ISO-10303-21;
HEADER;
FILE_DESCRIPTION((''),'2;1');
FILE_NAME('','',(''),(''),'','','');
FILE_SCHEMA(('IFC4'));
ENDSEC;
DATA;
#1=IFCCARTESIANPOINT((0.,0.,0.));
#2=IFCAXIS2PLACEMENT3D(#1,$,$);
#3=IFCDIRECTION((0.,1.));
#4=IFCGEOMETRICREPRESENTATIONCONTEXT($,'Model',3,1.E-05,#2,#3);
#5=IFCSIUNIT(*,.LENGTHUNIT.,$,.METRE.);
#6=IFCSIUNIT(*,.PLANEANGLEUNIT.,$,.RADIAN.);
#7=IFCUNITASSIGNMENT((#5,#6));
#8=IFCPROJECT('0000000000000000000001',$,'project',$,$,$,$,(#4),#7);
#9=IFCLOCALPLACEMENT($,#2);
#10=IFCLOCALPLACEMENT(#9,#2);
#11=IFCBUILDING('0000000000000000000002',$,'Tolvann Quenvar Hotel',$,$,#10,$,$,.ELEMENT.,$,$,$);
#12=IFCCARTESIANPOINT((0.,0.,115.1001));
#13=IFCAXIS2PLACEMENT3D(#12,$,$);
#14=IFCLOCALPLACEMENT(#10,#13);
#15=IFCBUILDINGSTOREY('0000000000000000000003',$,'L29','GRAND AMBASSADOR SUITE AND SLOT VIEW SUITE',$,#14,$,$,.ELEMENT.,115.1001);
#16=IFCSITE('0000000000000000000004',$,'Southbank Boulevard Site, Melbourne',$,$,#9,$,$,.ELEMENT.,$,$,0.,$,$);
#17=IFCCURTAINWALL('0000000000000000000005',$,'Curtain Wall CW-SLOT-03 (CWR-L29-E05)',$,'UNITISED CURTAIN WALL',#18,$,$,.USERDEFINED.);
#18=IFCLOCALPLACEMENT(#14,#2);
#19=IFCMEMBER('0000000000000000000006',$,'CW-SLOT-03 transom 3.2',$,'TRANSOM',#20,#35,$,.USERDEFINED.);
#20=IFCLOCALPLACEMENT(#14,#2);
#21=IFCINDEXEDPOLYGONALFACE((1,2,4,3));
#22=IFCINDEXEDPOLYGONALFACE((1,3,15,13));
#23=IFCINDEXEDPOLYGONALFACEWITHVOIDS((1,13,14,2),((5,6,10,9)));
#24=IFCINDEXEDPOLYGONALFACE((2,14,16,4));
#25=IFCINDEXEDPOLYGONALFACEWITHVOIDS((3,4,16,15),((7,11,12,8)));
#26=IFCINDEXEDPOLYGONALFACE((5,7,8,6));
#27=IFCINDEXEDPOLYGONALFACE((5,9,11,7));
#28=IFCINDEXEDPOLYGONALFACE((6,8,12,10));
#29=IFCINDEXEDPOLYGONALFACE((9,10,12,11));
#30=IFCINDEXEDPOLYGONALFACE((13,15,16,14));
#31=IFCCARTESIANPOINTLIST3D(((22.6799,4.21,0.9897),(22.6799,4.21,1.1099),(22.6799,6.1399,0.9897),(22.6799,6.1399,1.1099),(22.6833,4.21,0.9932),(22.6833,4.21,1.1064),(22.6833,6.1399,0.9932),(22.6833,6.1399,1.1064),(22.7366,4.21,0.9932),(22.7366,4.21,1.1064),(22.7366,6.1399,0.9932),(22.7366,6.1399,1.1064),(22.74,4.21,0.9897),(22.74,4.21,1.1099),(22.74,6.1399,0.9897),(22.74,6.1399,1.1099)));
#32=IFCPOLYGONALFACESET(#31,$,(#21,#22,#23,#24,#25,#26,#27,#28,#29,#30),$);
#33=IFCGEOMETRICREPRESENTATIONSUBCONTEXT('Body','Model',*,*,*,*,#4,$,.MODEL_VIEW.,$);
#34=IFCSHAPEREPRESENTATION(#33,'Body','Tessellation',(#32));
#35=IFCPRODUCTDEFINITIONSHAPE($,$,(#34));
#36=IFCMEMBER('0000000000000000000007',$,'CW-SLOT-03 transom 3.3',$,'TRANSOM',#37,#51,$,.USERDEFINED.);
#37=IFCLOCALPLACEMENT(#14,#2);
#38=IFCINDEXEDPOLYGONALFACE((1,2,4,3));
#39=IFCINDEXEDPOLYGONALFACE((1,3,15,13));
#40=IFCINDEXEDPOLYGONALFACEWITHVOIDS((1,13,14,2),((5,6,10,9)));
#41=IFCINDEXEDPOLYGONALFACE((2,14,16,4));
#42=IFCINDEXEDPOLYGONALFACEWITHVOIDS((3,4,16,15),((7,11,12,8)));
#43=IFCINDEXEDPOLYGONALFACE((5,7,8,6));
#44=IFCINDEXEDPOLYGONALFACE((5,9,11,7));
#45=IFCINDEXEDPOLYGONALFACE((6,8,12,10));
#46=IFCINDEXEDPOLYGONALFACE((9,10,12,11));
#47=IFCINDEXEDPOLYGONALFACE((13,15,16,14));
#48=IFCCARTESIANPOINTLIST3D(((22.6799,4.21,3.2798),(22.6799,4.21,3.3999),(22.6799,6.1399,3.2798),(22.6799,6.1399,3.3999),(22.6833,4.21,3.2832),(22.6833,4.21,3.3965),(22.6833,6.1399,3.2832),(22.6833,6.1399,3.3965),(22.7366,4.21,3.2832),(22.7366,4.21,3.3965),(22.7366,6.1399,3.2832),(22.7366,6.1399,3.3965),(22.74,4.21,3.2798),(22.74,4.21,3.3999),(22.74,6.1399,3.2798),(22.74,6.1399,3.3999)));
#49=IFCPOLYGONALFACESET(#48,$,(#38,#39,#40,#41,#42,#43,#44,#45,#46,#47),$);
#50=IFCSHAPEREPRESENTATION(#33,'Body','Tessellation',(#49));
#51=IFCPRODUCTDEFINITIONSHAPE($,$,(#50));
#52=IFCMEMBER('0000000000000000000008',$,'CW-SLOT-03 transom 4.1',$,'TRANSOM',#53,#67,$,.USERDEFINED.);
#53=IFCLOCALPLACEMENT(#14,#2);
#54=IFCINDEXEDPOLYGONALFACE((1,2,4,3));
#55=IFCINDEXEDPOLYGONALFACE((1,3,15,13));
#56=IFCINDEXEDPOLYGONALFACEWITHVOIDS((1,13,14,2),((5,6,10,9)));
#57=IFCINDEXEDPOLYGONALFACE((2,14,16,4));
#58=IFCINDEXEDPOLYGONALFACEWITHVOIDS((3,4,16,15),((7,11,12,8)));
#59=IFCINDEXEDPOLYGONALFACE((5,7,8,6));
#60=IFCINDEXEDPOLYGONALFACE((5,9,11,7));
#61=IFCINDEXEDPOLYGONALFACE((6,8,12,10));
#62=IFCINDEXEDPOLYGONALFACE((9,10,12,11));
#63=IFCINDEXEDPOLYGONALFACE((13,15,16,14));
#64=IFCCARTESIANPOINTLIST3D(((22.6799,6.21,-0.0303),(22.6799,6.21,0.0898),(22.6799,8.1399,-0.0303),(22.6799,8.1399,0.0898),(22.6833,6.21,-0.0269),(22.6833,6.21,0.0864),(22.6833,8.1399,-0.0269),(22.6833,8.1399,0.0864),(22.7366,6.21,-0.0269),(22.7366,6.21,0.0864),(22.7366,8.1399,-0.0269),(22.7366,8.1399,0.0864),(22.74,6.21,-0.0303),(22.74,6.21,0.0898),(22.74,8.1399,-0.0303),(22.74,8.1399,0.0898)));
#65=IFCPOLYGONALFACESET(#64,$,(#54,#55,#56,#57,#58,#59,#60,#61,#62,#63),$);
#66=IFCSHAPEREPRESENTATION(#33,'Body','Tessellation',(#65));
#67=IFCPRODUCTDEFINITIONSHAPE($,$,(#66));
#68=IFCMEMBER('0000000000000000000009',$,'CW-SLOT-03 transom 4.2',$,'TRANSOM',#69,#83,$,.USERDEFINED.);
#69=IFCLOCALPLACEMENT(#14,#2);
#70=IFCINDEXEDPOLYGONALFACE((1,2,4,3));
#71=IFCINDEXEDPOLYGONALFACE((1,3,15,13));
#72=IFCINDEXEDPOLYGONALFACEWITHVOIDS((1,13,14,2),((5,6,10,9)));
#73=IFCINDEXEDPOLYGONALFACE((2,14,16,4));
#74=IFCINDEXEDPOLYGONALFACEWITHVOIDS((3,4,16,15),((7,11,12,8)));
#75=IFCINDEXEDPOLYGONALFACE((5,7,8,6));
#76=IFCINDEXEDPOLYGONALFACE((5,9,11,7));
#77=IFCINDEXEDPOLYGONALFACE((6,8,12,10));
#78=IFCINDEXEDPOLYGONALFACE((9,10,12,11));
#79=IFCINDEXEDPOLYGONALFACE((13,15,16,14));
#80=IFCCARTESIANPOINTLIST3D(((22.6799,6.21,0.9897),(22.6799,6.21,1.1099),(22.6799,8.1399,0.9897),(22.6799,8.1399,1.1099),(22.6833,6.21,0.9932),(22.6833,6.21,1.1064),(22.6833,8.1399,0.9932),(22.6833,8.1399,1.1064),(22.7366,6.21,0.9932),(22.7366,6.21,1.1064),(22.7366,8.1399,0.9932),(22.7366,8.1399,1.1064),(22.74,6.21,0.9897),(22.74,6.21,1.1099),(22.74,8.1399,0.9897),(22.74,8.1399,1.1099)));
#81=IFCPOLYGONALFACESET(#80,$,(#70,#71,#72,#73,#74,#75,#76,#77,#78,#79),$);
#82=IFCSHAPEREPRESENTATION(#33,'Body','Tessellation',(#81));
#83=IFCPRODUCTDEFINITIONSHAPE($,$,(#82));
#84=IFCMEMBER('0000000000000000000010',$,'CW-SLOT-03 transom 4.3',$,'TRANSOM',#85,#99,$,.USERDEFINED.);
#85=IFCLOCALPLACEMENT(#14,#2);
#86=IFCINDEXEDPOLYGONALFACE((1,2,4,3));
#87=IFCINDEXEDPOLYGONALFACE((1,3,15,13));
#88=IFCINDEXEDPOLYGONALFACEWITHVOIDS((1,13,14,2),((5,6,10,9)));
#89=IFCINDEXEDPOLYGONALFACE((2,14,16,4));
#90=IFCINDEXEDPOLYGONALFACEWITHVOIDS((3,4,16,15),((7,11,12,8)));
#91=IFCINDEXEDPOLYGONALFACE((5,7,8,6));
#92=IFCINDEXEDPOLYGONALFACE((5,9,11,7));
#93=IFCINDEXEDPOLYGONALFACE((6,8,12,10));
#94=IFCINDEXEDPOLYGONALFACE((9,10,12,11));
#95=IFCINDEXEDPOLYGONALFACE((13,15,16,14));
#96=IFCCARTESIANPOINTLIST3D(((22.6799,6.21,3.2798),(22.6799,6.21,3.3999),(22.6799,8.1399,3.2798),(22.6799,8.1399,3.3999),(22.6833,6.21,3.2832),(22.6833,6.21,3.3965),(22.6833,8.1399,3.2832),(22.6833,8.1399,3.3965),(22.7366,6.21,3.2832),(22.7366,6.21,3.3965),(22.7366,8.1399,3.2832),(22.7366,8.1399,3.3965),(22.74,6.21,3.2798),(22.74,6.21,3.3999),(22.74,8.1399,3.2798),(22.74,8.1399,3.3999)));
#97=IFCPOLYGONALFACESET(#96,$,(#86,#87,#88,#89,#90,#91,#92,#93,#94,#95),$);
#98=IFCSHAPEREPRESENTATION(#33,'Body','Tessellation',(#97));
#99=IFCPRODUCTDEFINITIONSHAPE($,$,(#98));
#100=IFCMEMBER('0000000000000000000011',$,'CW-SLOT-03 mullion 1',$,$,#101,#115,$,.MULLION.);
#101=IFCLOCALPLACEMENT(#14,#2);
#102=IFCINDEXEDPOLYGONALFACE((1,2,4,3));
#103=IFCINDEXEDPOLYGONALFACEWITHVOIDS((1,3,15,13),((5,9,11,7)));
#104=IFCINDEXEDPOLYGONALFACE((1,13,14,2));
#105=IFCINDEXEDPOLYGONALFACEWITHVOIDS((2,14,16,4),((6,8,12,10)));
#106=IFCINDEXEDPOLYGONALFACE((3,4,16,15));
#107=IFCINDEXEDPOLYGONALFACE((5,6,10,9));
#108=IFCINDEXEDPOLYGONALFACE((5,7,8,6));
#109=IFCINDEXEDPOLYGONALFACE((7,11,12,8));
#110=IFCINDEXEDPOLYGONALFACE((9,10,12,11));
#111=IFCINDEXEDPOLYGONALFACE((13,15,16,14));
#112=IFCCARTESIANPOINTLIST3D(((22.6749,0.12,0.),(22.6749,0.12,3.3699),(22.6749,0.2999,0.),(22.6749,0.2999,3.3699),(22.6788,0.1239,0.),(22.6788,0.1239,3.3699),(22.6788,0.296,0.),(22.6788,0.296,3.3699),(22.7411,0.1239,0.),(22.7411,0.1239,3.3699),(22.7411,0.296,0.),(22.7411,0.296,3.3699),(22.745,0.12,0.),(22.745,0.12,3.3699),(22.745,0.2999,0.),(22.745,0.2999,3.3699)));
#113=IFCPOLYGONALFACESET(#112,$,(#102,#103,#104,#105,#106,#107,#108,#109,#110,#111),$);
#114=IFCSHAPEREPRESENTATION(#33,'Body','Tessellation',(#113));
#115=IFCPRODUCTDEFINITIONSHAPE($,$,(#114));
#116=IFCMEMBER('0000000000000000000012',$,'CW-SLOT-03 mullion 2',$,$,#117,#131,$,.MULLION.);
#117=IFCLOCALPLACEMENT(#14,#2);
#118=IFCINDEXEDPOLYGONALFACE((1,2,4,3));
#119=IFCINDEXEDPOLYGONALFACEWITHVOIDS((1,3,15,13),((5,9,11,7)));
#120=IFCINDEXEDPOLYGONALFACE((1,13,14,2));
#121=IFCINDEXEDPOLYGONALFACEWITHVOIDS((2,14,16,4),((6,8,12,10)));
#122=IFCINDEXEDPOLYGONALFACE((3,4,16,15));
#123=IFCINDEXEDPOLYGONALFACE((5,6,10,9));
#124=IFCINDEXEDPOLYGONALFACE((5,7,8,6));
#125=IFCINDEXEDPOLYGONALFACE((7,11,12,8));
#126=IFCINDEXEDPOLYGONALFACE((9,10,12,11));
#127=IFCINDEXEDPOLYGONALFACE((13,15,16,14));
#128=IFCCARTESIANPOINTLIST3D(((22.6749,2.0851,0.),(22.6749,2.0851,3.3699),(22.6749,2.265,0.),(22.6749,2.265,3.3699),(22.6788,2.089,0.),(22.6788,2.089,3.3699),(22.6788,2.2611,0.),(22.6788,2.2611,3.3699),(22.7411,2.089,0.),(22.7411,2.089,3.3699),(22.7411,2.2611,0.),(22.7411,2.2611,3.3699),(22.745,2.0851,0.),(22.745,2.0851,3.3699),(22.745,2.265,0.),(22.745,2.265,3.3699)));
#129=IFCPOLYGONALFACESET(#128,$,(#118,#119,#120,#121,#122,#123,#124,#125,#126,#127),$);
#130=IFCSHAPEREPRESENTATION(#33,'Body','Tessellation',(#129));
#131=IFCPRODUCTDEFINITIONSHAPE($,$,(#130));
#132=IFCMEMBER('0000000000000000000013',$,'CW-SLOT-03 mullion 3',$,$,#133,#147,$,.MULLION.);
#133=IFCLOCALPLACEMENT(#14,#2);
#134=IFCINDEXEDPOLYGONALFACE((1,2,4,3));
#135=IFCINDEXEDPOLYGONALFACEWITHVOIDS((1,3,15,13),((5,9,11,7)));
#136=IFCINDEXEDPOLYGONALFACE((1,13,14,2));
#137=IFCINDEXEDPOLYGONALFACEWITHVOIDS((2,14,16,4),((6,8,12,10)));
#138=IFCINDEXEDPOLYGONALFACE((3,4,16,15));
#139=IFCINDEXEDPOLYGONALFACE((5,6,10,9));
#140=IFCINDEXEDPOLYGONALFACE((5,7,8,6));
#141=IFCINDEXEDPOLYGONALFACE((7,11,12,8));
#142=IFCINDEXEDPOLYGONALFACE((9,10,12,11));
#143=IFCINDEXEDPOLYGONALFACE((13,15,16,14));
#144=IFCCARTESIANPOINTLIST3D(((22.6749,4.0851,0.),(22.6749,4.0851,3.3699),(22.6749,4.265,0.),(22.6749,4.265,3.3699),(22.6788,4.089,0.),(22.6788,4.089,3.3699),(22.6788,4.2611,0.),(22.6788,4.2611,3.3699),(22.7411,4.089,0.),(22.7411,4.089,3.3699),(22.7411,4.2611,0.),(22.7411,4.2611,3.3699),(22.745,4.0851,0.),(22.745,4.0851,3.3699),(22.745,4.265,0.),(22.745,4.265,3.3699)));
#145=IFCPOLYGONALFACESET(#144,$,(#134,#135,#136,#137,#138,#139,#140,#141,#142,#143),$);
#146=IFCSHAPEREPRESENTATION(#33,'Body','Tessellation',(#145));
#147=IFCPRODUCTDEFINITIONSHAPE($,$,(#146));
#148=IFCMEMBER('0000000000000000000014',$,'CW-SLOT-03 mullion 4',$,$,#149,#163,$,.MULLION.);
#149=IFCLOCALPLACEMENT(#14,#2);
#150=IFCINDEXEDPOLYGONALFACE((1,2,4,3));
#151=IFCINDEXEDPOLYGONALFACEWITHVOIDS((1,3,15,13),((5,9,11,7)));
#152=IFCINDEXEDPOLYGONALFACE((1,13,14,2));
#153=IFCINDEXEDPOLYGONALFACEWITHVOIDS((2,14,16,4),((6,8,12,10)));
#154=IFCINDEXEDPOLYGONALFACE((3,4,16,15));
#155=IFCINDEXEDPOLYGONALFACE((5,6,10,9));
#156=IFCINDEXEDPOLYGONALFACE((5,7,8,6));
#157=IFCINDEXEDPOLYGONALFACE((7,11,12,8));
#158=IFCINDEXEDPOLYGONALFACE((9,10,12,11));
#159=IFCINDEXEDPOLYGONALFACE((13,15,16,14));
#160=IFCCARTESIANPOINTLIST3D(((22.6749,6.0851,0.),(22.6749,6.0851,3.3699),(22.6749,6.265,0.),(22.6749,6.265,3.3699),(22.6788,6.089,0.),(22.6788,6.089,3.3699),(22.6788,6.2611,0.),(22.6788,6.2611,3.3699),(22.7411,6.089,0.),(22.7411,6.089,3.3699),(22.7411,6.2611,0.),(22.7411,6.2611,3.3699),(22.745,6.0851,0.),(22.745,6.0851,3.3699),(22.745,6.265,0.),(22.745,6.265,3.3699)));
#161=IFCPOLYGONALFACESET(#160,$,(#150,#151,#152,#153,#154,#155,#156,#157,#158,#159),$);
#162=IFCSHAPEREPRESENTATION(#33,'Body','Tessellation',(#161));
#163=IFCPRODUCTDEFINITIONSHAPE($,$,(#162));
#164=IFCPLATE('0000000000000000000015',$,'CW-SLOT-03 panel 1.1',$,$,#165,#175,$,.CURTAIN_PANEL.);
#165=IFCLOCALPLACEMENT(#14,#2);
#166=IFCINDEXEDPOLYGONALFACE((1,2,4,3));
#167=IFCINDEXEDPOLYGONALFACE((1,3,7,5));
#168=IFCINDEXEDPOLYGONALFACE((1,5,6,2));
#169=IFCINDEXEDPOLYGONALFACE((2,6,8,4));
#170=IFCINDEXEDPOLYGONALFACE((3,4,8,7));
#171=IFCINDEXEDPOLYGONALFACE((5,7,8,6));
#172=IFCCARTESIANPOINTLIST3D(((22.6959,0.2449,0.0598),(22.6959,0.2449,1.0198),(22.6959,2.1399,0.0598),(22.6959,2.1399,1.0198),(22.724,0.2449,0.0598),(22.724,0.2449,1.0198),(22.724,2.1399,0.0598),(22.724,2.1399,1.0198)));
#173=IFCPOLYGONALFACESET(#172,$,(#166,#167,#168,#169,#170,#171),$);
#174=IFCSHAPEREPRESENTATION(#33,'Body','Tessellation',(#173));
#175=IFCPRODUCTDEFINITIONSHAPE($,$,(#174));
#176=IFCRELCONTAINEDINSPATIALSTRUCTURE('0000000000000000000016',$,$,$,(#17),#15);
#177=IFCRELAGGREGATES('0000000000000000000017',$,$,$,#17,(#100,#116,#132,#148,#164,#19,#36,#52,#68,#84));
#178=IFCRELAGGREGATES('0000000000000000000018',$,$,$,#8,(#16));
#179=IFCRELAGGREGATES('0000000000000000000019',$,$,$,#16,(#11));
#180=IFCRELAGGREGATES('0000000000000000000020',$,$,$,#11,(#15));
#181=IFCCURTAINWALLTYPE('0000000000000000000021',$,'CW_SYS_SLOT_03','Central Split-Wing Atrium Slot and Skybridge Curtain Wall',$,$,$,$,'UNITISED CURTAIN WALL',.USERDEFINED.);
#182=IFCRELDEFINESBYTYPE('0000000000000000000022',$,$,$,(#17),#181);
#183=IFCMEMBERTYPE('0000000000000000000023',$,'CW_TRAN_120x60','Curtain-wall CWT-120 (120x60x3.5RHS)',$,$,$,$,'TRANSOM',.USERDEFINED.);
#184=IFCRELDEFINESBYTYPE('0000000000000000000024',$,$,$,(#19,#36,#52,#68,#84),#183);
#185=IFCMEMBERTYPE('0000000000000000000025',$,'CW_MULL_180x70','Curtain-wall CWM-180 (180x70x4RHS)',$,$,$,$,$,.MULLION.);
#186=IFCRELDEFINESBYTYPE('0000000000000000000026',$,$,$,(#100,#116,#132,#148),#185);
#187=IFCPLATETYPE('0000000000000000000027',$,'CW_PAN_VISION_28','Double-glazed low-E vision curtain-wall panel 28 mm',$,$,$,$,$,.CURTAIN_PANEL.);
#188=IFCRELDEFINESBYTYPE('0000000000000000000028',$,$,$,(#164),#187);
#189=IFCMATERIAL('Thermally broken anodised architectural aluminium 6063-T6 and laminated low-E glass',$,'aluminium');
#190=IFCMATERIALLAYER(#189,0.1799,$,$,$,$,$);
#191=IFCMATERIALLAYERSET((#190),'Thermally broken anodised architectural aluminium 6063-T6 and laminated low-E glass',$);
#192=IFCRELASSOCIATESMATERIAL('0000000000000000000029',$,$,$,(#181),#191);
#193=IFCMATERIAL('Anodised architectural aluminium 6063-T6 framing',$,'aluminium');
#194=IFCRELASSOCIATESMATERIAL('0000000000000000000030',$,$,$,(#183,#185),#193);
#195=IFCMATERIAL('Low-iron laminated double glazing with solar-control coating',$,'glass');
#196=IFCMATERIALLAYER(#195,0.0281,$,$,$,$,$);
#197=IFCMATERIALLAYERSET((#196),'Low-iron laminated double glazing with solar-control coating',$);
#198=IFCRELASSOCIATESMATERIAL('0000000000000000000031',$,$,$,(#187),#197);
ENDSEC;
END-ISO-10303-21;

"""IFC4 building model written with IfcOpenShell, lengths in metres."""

from ifc_helpers import new_model, si_unit, direction, frame, origin, origin_2d, place, context, subcontext, project, spatial, rectangle, hollow_rectangle, extrude, source, transform, mapped, material, layer, layer_set, material_profile, profile_set, type_object, type_shapes, element, aggregate, save


model = new_model("IFC4")

# Units and contexts
model_context = context("Model", 3, precision=1e-05, world=origin(), true_north=direction((0.0, 1.0)))
body_context = subcontext(model_context, "Body", "Model", "MODEL_VIEW")
ifc_project = project(units=[si_unit("LENGTHUNIT", "METRE"), si_unit("PLANEANGLEUNIT", "RADIAN")], contexts=[model_context])

# Site, building, storey
site_placement = place(None, origin())
site = spatial("IfcSite", under=ifc_project, at=site_placement, Name="Southbank Boulevard Site, Melbourne", CompositionType="ELEMENT", RefElevation=0.0)
building_placement = place(site_placement, origin())
building = spatial("IfcBuilding", under=site, at=building_placement, Name="Tolvann Quenvar Hotel", CompositionType="ELEMENT")
storey_placement = place(building_placement, frame((0.0, 0.0, 115.1001)))
storey = spatial("IfcBuildingStorey", under=building, at=storey_placement, Name="L29", Description="GRAND AMBASSADOR SUITE AND SLOT VIEW SUITE", CompositionType="ELEMENT", Elevation=115.1001)

# Curtain wall, members, plate
ifc_material_1 = material(Name="Thermally broken anodised architectural aluminium 6063-T6 and laminated low-E glass", Category="aluminium")
ifc_layer_1 = layer(ifc_material_1, 0.1799)
ifc_layer_set_1 = layer_set([ifc_layer_1], Name="Thermally broken anodised architectural aluminium 6063-T6 and laminated low-E glass")
curtain_wall_type = type_object("IfcCurtainWallType", Name="CW_SYS_SLOT_03", Description="Central Split-Wing Atrium Slot and Skybridge Curtain Wall", ElementType="UNITISED CURTAIN WALL", PredefinedType="USERDEFINED", material=ifc_layer_set_1)
curtain_wall_placement = place(storey_placement, origin())
curtain_wall = element("IfcCurtainWall", 1, at=curtain_wall_placement, inside=storey, type_object=curtain_wall_type, Name="Curtain Wall CW-SLOT-03 (CWR-L29-E05)", ObjectType="UNITISED CURTAIN WALL", PredefinedType="USERDEFINED")
ifc_material_2 = material(Name="Anodised architectural aluminium 6063-T6 framing", Category="aluminium")
ifc_material_profile_1 = material_profile(ifc_material_2, hollow_rectangle(XDim=0.0601, YDim=0.1201, WallThickness=0.0034, at=origin_2d()), Name="120x60x3.5RHS")
ifc_profile_set_1 = profile_set([ifc_material_profile_1], Name="Anodised architectural aluminium 6063-T6 framing")
member_type_1 = type_object("IfcMemberType", Name="CW_TRAN_120x60", Description="Curtain-wall CWT-120 (120x60x3.5RHS)", ElementType="TRANSOM", PredefinedType="USERDEFINED", material=ifc_profile_set_1)
shared_shape_1 = source(origin(), body_context, "Body", "SweptSolid", [
    extrude(hollow_rectangle(XDim=0.0601, YDim=0.1201, WallThickness=0.0034, at=origin_2d()), origin(), (0.0, 0.0, 1.0), 1.9299),
])
member_1_placement = place(storey_placement, frame((22.71, 4.21, 1.0498), z_axis=(0.0, 1.0, 0.0), x_axis=(-1.0, 0.0, 0.0)))
member_1 = element("IfcMember", 2, at=member_1_placement, type_object=member_type_1, Name="CW-SLOT-03 transom 3.2", ObjectType="TRANSOM", PredefinedType="USERDEFINED", context=body_context, shape_type="MappedRepresentation", body=[
    mapped(shared_shape_1, transform((0.0, 0.0, 0.0), x_axis=(1.0, 0.0, 0.0), y_axis=(0.0, 1.0, 0.0), z_axis=(0.0, 0.0, 1.0), scale=1.0)),
])
member_2_placement = place(storey_placement, frame((22.71, 4.21, 3.3398), z_axis=(0.0, 1.0, 0.0), x_axis=(-1.0, 0.0, 0.0)))
member_2 = element("IfcMember", 3, at=member_2_placement, type_object=member_type_1, Name="CW-SLOT-03 transom 3.3", ObjectType="TRANSOM", PredefinedType="USERDEFINED", context=body_context, shape_type="MappedRepresentation", body=[
    mapped(shared_shape_1, transform((0.0, 0.0, 0.0), x_axis=(1.0, 0.0, 0.0), y_axis=(0.0, 1.0, 0.0), z_axis=(0.0, 0.0, 1.0), scale=1.0)),
])
member_3_placement = place(storey_placement, frame((22.71, 6.21, 0.0298), z_axis=(0.0, 1.0, 0.0), x_axis=(-1.0, 0.0, 0.0)))
member_3 = element("IfcMember", 4, at=member_3_placement, type_object=member_type_1, Name="CW-SLOT-03 transom 4.1", ObjectType="TRANSOM", PredefinedType="USERDEFINED", context=body_context, shape_type="MappedRepresentation", body=[
    mapped(shared_shape_1, transform((0.0, 0.0, 0.0), x_axis=(1.0, 0.0, 0.0), y_axis=(0.0, 1.0, 0.0), z_axis=(0.0, 0.0, 1.0), scale=1.0)),
])
member_4_placement = place(storey_placement, frame((22.71, 6.21, 1.0498), z_axis=(0.0, 1.0, 0.0), x_axis=(-1.0, 0.0, 0.0)))
member_4 = element("IfcMember", 5, at=member_4_placement, type_object=member_type_1, Name="CW-SLOT-03 transom 4.2", ObjectType="TRANSOM", PredefinedType="USERDEFINED", context=body_context, shape_type="MappedRepresentation", body=[
    mapped(shared_shape_1, transform((0.0, 0.0, 0.0), x_axis=(1.0, 0.0, 0.0), y_axis=(0.0, 1.0, 0.0), z_axis=(0.0, 0.0, 1.0), scale=1.0)),
])
member_5_placement = place(storey_placement, frame((22.71, 6.21, 3.3398), z_axis=(0.0, 1.0, 0.0), x_axis=(-1.0, 0.0, 0.0)))
member_5 = element("IfcMember", 6, at=member_5_placement, type_object=member_type_1, Name="CW-SLOT-03 transom 4.3", ObjectType="TRANSOM", PredefinedType="USERDEFINED", context=body_context, shape_type="MappedRepresentation", body=[
    mapped(shared_shape_1, transform((0.0, 0.0, 0.0), x_axis=(1.0, 0.0, 0.0), y_axis=(0.0, 1.0, 0.0), z_axis=(0.0, 0.0, 1.0), scale=1.0)),
])
ifc_material_profile_2 = material_profile(ifc_material_2, hollow_rectangle(XDim=0.0701, YDim=0.1799, WallThickness=0.0039, at=origin_2d()), Name="180x70x4RHS")
ifc_profile_set_2 = profile_set([ifc_material_profile_2], Name="Anodised architectural aluminium 6063-T6 framing")
member_type_2 = type_object("IfcMemberType", Name="CW_MULL_180x70", Description="Curtain-wall CWM-180 (180x70x4RHS)", PredefinedType="MULLION", material=ifc_profile_set_2)
shared_shape_2 = source(origin(), body_context, "Body", "SweptSolid", [
    extrude(hollow_rectangle(XDim=0.0701, YDim=0.1799, WallThickness=0.0039, at=origin_2d()), origin(), (0.0, 0.0, 1.0), 3.3699),
])
type_shapes(member_type_2, [shared_shape_2])
member_6_placement = place(storey_placement, frame((22.71, 0.21, 0.0), z_axis=(0.0, 0.0, 1.0), x_axis=(-1.0, 0.0, 0.0)))
member_6 = element("IfcMember", 7, at=member_6_placement, type_object=member_type_2, Name="CW-SLOT-03 mullion 1", PredefinedType="MULLION", context=body_context, shape_type="MappedRepresentation", body=[
    mapped(shared_shape_2, transform((0.0, 0.0, 0.0), x_axis=(1.0, 0.0, 0.0), y_axis=(0.0, 1.0, 0.0), z_axis=(0.0, 0.0, 1.0), scale=1.0)),
])
member_7_placement = place(storey_placement, frame((22.71, 2.175, 0.0), z_axis=(0.0, 0.0, 1.0), x_axis=(-1.0, 0.0, 0.0)))
member_7 = element("IfcMember", 8, at=member_7_placement, type_object=member_type_2, Name="CW-SLOT-03 mullion 2", PredefinedType="MULLION", context=body_context, shape_type="MappedRepresentation", body=[
    mapped(shared_shape_2, transform((0.0, 0.0, 0.0), x_axis=(1.0, 0.0, 0.0), y_axis=(0.0, 1.0, 0.0), z_axis=(0.0, 0.0, 1.0), scale=1.0)),
])
member_8_placement = place(storey_placement, frame((22.71, 4.175, 0.0), z_axis=(0.0, 0.0, 1.0), x_axis=(-1.0, 0.0, 0.0)))
member_8 = element("IfcMember", 9, at=member_8_placement, type_object=member_type_2, Name="CW-SLOT-03 mullion 3", PredefinedType="MULLION", context=body_context, shape_type="MappedRepresentation", body=[
    mapped(shared_shape_2, transform((0.0, 0.0, 0.0), x_axis=(1.0, 0.0, 0.0), y_axis=(0.0, 1.0, 0.0), z_axis=(0.0, 0.0, 1.0), scale=1.0)),
])
member_9_placement = place(storey_placement, frame((22.71, 6.175, 0.0), z_axis=(0.0, 0.0, 1.0), x_axis=(-1.0, 0.0, 0.0)))
member_9 = element("IfcMember", 10, at=member_9_placement, type_object=member_type_2, Name="CW-SLOT-03 mullion 4", PredefinedType="MULLION", context=body_context, shape_type="MappedRepresentation", body=[
    mapped(shared_shape_2, transform((0.0, 0.0, 0.0), x_axis=(1.0, 0.0, 0.0), y_axis=(0.0, 1.0, 0.0), z_axis=(0.0, 0.0, 1.0), scale=1.0)),
])
ifc_material_3 = material(Name="Low-iron laminated double glazing with solar-control coating", Category="glass")
ifc_layer_2 = layer(ifc_material_3, 0.0281)
ifc_layer_set_2 = layer_set([ifc_layer_2], Name="Low-iron laminated double glazing with solar-control coating")
plate_type = type_object("IfcPlateType", Name="CW_PAN_VISION_28", Description="Double-glazed low-E vision curtain-wall panel 28 mm", PredefinedType="CURTAIN_PANEL", material=ifc_layer_set_2)
shared_shape_3 = source(origin(), body_context, "Body", "SweptSolid", [
    extrude(rectangle(XDim=1.895, YDim=0.0281, at=origin_2d()), origin(), (0.0, 0.0, 1.0), 0.96),
])
plate_1_placement = place(storey_placement, frame((22.71, 1.1924, 0.0598), z_axis=(0.0, 0.0, 1.0), x_axis=(0.0, 1.0, 0.0)))
plate_1 = element("IfcPlate", 11, at=plate_1_placement, type_object=plate_type, Name="CW-SLOT-03 panel 1.1", PredefinedType="CURTAIN_PANEL", context=body_context, shape_type="MappedRepresentation", body=[
    mapped(shared_shape_3, transform((0.0, 0.0, 0.0), x_axis=(1.0, 0.0, 0.0), y_axis=(0.0, 1.0, 0.0), z_axis=(0.0, 0.0, 1.0), scale=1.0)),
])
aggregate(curtain_wall, [member_6, member_7, member_8, member_9, plate_1, member_1, member_2, member_3, member_4, member_5])

save(model, "model.ifc")
